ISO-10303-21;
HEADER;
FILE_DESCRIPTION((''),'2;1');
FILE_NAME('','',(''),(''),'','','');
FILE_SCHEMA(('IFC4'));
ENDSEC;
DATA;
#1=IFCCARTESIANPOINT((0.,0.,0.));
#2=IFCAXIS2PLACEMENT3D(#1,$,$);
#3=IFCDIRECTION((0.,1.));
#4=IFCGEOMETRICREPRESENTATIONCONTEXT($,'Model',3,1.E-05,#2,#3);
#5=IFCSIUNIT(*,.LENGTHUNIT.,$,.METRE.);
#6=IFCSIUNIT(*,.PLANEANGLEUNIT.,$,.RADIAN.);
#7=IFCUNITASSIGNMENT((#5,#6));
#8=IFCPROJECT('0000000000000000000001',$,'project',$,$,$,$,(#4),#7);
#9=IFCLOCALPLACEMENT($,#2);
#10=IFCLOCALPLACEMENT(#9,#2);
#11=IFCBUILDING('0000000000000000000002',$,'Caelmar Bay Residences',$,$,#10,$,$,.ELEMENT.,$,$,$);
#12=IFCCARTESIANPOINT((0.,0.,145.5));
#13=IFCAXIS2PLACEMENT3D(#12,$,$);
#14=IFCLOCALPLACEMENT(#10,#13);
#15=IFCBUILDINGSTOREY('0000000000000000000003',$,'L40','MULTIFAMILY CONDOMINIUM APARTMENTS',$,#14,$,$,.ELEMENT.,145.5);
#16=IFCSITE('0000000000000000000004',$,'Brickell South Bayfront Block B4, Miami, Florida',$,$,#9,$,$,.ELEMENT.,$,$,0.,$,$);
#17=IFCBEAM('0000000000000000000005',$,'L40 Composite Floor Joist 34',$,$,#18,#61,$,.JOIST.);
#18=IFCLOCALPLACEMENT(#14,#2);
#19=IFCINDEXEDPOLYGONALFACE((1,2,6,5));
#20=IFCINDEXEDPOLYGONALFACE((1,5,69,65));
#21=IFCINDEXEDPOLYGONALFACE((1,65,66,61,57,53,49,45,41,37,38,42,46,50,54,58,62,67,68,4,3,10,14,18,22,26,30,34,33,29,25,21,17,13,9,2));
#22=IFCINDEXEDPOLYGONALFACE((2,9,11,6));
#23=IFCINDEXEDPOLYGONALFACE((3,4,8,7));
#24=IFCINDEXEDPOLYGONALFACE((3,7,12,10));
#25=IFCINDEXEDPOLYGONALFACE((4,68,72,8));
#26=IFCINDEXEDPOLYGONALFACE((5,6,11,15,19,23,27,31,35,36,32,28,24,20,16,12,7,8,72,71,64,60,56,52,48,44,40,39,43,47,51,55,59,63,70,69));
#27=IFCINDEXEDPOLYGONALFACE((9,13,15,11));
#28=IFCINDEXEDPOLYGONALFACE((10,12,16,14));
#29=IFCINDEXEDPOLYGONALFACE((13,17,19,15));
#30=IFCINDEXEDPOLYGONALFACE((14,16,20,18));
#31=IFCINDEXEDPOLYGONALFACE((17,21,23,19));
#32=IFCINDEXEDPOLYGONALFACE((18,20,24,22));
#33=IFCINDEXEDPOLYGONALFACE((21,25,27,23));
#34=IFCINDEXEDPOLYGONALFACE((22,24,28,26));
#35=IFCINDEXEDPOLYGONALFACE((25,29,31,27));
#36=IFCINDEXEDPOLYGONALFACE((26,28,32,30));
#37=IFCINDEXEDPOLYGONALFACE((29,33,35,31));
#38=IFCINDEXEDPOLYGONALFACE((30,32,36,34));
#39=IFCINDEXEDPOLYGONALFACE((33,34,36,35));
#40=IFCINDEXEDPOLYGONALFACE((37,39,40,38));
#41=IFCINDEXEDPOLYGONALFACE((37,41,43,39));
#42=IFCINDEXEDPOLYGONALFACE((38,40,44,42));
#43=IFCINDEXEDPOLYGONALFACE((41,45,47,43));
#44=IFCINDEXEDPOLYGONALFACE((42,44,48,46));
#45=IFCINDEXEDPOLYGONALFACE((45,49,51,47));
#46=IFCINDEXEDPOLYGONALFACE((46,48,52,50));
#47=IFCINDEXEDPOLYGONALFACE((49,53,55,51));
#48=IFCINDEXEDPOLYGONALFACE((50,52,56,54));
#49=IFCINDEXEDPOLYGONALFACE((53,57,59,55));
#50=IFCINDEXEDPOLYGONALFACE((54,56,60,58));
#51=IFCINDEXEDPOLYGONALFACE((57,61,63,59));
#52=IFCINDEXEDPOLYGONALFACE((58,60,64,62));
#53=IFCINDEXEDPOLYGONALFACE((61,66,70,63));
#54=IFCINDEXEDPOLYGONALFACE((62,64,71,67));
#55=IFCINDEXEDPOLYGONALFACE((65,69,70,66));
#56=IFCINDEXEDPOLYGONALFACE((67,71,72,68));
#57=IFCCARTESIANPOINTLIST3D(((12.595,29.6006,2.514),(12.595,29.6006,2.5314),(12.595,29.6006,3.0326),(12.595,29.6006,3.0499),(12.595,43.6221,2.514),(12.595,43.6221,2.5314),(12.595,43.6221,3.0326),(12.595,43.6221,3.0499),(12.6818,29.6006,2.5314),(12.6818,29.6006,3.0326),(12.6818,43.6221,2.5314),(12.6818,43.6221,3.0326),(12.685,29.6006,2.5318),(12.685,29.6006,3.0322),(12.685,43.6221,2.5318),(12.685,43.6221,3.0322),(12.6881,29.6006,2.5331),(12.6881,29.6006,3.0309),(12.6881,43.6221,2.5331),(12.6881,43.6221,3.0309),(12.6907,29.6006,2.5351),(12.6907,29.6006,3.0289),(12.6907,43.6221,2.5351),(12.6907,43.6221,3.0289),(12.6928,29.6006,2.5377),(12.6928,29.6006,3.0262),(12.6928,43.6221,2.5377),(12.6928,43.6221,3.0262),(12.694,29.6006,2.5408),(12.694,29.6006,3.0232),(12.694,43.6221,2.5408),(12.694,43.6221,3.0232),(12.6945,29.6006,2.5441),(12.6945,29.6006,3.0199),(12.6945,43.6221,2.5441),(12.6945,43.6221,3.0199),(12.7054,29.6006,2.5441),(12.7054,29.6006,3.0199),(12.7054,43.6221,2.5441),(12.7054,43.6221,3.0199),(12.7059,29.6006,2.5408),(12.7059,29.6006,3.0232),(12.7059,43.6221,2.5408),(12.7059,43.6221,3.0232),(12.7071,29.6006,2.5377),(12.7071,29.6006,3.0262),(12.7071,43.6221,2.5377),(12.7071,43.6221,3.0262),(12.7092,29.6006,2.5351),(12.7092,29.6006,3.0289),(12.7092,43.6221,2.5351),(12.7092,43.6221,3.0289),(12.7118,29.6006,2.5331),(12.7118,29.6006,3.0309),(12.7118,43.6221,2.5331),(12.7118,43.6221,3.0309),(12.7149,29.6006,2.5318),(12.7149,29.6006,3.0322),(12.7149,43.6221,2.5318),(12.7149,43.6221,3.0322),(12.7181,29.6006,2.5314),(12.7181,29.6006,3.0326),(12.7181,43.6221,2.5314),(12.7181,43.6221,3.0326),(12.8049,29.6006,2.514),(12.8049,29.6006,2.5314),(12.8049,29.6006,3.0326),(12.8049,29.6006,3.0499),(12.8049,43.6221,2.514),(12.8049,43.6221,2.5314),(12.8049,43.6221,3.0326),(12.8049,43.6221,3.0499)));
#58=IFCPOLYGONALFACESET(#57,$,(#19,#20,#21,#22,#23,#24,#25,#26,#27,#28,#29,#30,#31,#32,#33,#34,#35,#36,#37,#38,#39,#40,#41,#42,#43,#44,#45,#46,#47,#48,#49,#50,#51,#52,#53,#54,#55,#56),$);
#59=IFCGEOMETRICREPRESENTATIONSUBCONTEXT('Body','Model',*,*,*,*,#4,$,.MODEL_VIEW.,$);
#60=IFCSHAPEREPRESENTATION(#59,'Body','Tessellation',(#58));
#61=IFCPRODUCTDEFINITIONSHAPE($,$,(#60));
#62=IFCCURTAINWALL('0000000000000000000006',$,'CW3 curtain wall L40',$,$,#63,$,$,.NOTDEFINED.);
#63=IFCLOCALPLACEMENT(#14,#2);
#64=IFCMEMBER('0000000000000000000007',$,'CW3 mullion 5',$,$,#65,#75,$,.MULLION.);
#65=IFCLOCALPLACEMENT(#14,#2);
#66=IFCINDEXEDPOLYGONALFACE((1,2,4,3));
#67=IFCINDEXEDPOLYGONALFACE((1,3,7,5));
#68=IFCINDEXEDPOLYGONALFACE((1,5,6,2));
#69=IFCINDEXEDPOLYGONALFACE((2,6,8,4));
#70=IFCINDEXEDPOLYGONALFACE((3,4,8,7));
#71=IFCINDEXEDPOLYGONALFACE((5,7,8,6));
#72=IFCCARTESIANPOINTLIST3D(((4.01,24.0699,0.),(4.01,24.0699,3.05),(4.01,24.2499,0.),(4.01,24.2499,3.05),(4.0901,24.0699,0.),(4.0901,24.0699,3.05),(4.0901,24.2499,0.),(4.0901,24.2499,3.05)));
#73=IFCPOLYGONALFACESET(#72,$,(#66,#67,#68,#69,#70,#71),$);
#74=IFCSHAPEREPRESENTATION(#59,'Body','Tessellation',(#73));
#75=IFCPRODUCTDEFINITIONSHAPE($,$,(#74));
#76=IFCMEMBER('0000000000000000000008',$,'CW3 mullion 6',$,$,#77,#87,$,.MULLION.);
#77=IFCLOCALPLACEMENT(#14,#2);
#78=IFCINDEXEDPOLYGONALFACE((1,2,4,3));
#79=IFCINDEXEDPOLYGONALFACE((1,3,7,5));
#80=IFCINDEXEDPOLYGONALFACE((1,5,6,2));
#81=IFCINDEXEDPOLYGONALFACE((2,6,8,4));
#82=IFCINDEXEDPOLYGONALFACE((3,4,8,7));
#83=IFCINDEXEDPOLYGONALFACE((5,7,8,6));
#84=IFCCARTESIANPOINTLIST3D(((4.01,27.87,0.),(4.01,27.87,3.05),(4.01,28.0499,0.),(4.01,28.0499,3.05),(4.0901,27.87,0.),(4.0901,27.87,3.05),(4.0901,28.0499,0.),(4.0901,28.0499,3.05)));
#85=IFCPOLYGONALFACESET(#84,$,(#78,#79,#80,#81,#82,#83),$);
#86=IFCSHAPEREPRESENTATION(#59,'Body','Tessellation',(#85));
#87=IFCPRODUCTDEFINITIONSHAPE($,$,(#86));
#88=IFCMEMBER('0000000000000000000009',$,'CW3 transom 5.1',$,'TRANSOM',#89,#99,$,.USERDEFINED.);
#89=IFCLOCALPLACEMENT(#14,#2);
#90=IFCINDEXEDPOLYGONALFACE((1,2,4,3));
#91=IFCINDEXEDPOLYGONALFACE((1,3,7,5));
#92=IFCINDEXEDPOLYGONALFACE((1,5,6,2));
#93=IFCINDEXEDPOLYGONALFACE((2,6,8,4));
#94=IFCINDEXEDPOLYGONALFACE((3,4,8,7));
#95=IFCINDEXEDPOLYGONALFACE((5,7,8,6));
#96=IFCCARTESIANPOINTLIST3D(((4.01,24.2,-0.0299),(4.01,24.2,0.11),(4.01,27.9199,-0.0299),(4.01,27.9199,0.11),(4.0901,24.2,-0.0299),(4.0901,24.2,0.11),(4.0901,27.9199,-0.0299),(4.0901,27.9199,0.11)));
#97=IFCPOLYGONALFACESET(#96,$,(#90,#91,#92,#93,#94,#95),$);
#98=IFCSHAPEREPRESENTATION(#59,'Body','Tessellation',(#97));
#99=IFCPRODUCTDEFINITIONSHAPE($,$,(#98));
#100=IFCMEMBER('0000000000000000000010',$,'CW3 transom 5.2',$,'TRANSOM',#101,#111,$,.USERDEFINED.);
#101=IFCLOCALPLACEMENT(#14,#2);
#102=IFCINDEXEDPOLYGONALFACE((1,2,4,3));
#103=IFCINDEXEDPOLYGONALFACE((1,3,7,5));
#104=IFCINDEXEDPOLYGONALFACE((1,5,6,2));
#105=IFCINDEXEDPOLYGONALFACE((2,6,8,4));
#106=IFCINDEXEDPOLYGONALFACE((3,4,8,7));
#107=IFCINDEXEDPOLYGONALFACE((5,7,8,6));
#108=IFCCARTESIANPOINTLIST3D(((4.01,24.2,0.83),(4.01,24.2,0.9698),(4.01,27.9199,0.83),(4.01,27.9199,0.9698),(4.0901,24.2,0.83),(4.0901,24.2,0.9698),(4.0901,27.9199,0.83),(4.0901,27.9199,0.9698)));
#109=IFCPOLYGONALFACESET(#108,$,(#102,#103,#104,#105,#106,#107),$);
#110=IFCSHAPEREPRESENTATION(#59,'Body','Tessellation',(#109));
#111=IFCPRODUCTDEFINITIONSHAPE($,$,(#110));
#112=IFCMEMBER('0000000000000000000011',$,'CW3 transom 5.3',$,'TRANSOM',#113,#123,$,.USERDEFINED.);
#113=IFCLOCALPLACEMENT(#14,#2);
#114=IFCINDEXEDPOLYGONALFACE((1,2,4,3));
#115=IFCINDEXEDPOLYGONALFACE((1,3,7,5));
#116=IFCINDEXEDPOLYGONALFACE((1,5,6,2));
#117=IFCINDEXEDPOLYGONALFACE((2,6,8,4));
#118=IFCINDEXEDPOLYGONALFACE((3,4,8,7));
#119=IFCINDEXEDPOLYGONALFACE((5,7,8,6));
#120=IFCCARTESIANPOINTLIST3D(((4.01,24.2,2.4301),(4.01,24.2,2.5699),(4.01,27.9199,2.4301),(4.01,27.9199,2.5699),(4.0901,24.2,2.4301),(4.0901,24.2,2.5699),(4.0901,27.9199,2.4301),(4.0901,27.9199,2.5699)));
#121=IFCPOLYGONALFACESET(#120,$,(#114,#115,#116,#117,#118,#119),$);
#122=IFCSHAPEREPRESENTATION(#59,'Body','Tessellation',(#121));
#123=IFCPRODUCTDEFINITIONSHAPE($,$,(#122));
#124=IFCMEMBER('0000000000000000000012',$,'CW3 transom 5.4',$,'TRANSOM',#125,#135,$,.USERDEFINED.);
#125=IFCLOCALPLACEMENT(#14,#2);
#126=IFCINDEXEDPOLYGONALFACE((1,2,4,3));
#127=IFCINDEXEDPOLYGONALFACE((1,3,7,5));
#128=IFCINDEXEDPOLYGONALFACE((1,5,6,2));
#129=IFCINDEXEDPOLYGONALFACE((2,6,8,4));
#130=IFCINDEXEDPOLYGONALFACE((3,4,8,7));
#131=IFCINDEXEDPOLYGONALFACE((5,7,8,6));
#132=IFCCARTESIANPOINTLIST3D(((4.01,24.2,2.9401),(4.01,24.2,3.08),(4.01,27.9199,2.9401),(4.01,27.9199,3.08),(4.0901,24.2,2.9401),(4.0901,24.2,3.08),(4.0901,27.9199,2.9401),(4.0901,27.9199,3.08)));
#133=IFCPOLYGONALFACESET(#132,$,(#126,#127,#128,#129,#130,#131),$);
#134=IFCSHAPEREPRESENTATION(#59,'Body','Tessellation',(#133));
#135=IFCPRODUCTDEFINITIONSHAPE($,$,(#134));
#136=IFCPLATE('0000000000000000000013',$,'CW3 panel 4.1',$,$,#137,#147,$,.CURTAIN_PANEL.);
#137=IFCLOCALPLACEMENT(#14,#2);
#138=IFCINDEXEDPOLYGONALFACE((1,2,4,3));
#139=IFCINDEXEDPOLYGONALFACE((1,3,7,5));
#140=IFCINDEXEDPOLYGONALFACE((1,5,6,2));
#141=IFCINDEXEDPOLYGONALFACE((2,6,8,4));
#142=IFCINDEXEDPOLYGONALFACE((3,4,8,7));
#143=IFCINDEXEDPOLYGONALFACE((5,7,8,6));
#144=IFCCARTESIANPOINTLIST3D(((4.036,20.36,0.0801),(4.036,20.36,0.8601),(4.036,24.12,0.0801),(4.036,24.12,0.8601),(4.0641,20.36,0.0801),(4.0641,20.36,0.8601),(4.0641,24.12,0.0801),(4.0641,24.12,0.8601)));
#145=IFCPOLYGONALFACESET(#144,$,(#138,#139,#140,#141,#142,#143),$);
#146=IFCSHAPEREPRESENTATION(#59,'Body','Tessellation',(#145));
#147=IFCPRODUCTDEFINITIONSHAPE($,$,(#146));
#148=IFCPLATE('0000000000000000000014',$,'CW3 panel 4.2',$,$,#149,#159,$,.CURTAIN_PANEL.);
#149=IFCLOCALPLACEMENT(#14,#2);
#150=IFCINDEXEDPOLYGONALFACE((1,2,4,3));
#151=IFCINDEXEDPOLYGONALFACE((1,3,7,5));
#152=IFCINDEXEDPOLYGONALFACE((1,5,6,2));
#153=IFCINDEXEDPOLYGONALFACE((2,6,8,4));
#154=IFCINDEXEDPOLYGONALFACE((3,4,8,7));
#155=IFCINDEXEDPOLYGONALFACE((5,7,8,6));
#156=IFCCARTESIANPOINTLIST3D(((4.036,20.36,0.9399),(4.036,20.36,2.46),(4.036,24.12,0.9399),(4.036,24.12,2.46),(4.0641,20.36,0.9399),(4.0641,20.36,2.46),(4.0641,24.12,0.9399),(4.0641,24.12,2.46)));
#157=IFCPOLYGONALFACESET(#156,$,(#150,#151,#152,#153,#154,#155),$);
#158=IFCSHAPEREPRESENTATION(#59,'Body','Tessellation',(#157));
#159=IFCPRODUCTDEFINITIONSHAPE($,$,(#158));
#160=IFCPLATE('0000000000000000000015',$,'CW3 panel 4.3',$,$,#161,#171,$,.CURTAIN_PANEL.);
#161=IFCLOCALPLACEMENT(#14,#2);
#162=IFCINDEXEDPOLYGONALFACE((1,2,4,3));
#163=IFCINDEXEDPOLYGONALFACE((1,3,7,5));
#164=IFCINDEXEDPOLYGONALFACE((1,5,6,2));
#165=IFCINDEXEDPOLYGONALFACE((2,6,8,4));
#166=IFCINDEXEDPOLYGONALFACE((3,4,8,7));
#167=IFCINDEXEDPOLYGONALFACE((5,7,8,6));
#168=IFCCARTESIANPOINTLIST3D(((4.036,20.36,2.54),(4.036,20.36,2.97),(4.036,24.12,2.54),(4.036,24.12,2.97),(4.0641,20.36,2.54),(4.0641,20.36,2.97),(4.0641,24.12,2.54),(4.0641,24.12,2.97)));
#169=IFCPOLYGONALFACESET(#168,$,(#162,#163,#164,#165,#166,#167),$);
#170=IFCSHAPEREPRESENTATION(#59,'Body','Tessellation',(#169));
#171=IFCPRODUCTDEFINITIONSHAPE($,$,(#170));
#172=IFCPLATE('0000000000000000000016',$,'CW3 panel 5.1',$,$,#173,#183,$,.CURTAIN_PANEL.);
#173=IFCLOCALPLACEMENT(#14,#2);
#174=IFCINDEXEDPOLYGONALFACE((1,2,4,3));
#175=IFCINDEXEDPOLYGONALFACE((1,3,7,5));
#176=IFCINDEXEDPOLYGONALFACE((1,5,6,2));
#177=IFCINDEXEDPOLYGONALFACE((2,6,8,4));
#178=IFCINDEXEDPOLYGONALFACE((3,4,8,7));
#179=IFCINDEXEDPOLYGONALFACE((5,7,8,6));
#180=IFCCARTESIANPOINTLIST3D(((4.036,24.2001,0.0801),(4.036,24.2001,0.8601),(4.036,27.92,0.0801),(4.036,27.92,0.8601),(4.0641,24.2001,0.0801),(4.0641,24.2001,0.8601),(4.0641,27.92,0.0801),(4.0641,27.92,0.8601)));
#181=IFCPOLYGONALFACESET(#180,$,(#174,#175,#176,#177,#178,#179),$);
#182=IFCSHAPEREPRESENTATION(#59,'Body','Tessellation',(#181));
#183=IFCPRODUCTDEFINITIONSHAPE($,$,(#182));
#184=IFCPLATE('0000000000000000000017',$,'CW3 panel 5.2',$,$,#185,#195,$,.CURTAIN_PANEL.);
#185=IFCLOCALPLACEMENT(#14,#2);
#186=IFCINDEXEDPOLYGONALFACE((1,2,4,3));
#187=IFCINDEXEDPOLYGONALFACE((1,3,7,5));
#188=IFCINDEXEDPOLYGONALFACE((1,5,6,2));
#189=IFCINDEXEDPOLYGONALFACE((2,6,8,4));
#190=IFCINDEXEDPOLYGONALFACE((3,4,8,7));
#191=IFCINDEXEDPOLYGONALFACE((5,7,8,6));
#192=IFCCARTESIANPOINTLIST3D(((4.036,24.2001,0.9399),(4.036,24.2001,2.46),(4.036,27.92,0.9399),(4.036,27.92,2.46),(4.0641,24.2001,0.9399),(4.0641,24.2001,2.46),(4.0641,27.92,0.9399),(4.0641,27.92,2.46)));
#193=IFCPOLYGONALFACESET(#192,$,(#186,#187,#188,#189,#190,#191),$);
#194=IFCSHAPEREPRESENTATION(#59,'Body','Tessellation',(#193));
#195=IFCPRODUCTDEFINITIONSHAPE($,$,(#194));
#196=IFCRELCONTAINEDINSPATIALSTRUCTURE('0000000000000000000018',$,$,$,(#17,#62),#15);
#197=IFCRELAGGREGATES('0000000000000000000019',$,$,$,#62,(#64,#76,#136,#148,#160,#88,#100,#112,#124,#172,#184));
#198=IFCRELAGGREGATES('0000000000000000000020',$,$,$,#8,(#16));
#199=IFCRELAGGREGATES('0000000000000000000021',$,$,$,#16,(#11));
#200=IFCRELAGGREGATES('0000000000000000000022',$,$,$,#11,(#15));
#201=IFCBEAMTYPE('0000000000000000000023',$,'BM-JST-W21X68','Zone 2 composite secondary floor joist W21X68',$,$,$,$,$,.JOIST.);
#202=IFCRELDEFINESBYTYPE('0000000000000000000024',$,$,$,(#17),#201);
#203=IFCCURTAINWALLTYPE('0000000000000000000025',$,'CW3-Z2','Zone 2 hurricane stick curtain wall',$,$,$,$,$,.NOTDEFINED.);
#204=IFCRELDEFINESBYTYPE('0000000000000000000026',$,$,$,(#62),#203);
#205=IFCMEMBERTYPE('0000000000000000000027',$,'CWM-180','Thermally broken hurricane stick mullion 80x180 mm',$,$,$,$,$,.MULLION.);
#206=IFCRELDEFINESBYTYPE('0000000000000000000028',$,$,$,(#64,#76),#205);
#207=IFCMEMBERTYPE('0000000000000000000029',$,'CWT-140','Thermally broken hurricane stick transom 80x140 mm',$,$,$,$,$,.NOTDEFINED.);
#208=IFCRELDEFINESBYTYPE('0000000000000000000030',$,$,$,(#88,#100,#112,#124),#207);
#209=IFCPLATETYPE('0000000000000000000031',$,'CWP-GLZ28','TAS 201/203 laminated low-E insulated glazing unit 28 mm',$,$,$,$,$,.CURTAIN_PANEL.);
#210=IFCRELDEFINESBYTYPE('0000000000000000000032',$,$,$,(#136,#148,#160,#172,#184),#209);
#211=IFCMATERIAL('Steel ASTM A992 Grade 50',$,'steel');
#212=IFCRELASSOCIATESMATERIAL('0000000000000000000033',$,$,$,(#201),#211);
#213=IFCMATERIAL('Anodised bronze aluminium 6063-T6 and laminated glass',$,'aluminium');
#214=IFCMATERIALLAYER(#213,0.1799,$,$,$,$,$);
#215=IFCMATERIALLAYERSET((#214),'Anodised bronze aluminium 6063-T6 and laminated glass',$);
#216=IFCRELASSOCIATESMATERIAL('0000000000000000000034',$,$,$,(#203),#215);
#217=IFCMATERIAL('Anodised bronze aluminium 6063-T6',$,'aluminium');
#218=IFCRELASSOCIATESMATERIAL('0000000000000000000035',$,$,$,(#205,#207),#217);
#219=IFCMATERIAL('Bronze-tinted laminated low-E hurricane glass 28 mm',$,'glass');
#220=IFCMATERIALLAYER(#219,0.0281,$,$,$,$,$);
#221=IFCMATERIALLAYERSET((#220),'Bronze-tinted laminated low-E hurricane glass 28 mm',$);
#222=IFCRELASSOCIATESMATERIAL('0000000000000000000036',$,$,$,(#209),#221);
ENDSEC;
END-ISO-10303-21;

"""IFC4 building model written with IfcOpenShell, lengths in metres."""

from ifc_helpers import new_model, si_unit, direction, frame, origin, origin_2d, place, context, subcontext, project, spatial, rectangle, i_section, extrude, material, layer, layer_set, material_profile, profile_set, type_object, element, aggregate, save


model = new_model("IFC4")

# Units and contexts
model_context = context("Model", 3, precision=1e-05, world=origin(), true_north=direction((0.0, 1.0)))
body_context = subcontext(model_context, "Body", "Model", "MODEL_VIEW")
ifc_project = project(units=[si_unit("LENGTHUNIT", "METRE"), si_unit("PLANEANGLEUNIT", "RADIAN")], contexts=[model_context])

# Site, building, storey
site_placement = place(None, origin())
site = spatial("IfcSite", under=ifc_project, at=site_placement, Name="Brickell South Bayfront Block B4, Miami, Florida", CompositionType="ELEMENT", RefElevation=0.0)
building_placement = place(site_placement, origin())
building = spatial("IfcBuilding", under=site, at=building_placement, Name="Caelmar Bay Residences", CompositionType="ELEMENT")
storey_placement = place(building_placement, frame((0.0, 0.0, 145.5)))
storey = spatial("IfcBuildingStorey", under=building, at=storey_placement, Name="L40", Description="MULTIFAMILY CONDOMINIUM APARTMENTS", CompositionType="ELEMENT", Elevation=145.5)

# Beam
ifc_material_1 = material(Name="Steel ASTM A992 Grade 50", Category="steel")
ifc_material_profile_1 = material_profile(ifc_material_1, i_section(OverallWidth=0.21, OverallDepth=0.5359, WebThickness=0.011, FlangeThickness=0.0173, FilletRadius=0.0127, at=origin_2d()), Name="W21X68")
ifc_profile_set_1 = profile_set([ifc_material_profile_1], Name="Steel ASTM A992 Grade 50")
beam_type_1 = type_object("IfcBeamType", Name="BM-JST-W21X68", Description="Zone 2 composite secondary floor joist W21X68", PredefinedType="JOIST", material=ifc_profile_set_1)
beam_1_placement = place(storey_placement, frame((12.7, 29.6006, 2.782), z_axis=(0.0, 1.0, 0.0), x_axis=(-1.0, 0.0, 0.0)))
element("IfcBeam", 1, at=beam_1_placement, inside=storey, type_object=beam_type_1, Name="L40 Composite Floor Joist 34", PredefinedType="JOIST", context=body_context, shape_type="SweptSolid", body=[
    extrude(i_section(OverallWidth=0.21, OverallDepth=0.5359, WebThickness=0.011, FlangeThickness=0.0173, FilletRadius=0.0127, at=origin_2d()), origin(), (0.0, 0.0, 1.0), 14.0215),
])

# Curtain wall, members, plates
ifc_material_2 = material(Name="Anodised bronze aluminium 6063-T6 and laminated glass", Category="aluminium")
ifc_layer_1 = layer(ifc_material_2, 0.1799)
ifc_layer_set_1 = layer_set([ifc_layer_1], Name="Anodised bronze aluminium 6063-T6 and laminated glass")
curtain_wall_type = type_object("IfcCurtainWallType", Name="CW3-Z2", Description="Zone 2 hurricane stick curtain wall", PredefinedType="NOTDEFINED", material=ifc_layer_set_1)
curtain_wall_placement = place(storey_placement, origin())
curtain_wall = element("IfcCurtainWall", 2, at=curtain_wall_placement, inside=storey, type_object=curtain_wall_type, Name="CW3 curtain wall L40", PredefinedType="NOTDEFINED")
ifc_material_3 = material(Name="Anodised bronze aluminium 6063-T6", Category="aluminium")
ifc_material_profile_2 = material_profile(ifc_material_3, rectangle(XDim=0.0801, YDim=0.1799, at=origin_2d()), Name="CWM-80X180")
ifc_profile_set_2 = profile_set([ifc_material_profile_2], Name="Anodised bronze aluminium 6063-T6")
member_type_1 = type_object("IfcMemberType", Name="CWM-180", Description="Thermally broken hurricane stick mullion 80x180 mm", PredefinedType="MULLION", material=ifc_profile_set_2)
member_1_placement = place(storey_placement, frame((4.05, 24.1599, 0.0), z_axis=(0.0, 0.0, 1.0), x_axis=(-1.0, 0.0, 0.0)))
member_1 = element("IfcMember", 3, at=member_1_placement, type_object=member_type_1, Name="CW3 mullion 5", PredefinedType="MULLION", context=body_context, shape_type="SweptSolid", body=[
    extrude(rectangle(XDim=0.0801, YDim=0.1799, at=origin_2d()), origin(), (0.0, 0.0, 1.0), 3.05),
])
member_2_placement = place(storey_placement, frame((4.05, 27.96, 0.0), z_axis=(0.0, 0.0, 1.0), x_axis=(-1.0, 0.0, 0.0)))
member_2 = element("IfcMember", 4, at=member_2_placement, type_object=member_type_1, Name="CW3 mullion 6", PredefinedType="MULLION", context=body_context, shape_type="SweptSolid", body=[
    extrude(rectangle(XDim=0.0801, YDim=0.1799, at=origin_2d()), origin(), (0.0, 0.0, 1.0), 3.05),
])
ifc_material_profile_3 = material_profile(ifc_material_3, rectangle(XDim=0.0801, YDim=0.1399, at=origin_2d()), Name="CWT-80X140")
ifc_profile_set_3 = profile_set([ifc_material_profile_3], Name="Anodised bronze aluminium 6063-T6")
member_type_2 = type_object("IfcMemberType", Name="CWT-140", Description="Thermally broken hurricane stick transom 80x140 mm", PredefinedType="NOTDEFINED", material=ifc_profile_set_3)
member_3_placement = place(storey_placement, frame((4.05, 24.2, 0.04), z_axis=(0.0, 1.0, 0.0), x_axis=(-1.0, 0.0, 0.0)))
member_3 = element("IfcMember", 5, at=member_3_placement, type_object=member_type_2, Name="CW3 transom 5.1", ObjectType="TRANSOM", PredefinedType="USERDEFINED", context=body_context, shape_type="SweptSolid", body=[
    extrude(rectangle(XDim=0.0801, YDim=0.1399, at=origin_2d()), origin(), (0.0, 0.0, 1.0), 3.72),
])
member_4_placement = place(storey_placement, frame((4.05, 24.2, 0.8999), z_axis=(0.0, 1.0, 0.0), x_axis=(-1.0, 0.0, 0.0)))
member_4 = element("IfcMember", 6, at=member_4_placement, type_object=member_type_2, Name="CW3 transom 5.2", ObjectType="TRANSOM", PredefinedType="USERDEFINED", context=body_context, shape_type="SweptSolid", body=[
    extrude(rectangle(XDim=0.0801, YDim=0.1399, at=origin_2d()), origin(), (0.0, 0.0, 1.0), 3.72),
])
member_5_placement = place(storey_placement, frame((4.05, 24.2, 2.5), z_axis=(0.0, 1.0, 0.0), x_axis=(-1.0, 0.0, 0.0)))
member_5 = element("IfcMember", 7, at=member_5_placement, type_object=member_type_2, Name="CW3 transom 5.3", ObjectType="TRANSOM", PredefinedType="USERDEFINED", context=body_context, shape_type="SweptSolid", body=[
    extrude(rectangle(XDim=0.0801, YDim=0.1399, at=origin_2d()), origin(), (0.0, 0.0, 1.0), 3.72),
])
member_6_placement = place(storey_placement, frame((4.05, 24.2, 3.01), z_axis=(0.0, 1.0, 0.0), x_axis=(-1.0, 0.0, 0.0)))
member_6 = element("IfcMember", 8, at=member_6_placement, type_object=member_type_2, Name="CW3 transom 5.4", ObjectType="TRANSOM", PredefinedType="USERDEFINED", context=body_context, shape_type="SweptSolid", body=[
    extrude(rectangle(XDim=0.0801, YDim=0.1399, at=origin_2d()), origin(), (0.0, 0.0, 1.0), 3.72),
])
ifc_material_4 = material(Name="Bronze-tinted laminated low-E hurricane glass 28 mm", Category="glass")
ifc_layer_2 = layer(ifc_material_4, 0.0281)
ifc_layer_set_2 = layer_set([ifc_layer_2], Name="Bronze-tinted laminated low-E hurricane glass 28 mm")
plate_type = type_object("IfcPlateType", Name="CWP-GLZ28", Description="TAS 201/203 laminated low-E insulated glazing unit 28 mm", PredefinedType="CURTAIN_PANEL", material=ifc_layer_set_2)
plate_1_placement = place(storey_placement, frame((4.05, 22.24, 0.0801), z_axis=(0.0, 0.0, 1.0), x_axis=(0.0, 1.0, 0.0)))
plate_1 = element("IfcPlate", 9, at=plate_1_placement, type_object=plate_type, Name="CW3 panel 4.1", PredefinedType="CURTAIN_PANEL", context=body_context, shape_type="SweptSolid", body=[
    extrude(rectangle(XDim=3.76, YDim=0.0281, at=origin_2d()), origin(), (0.0, 0.0, 1.0), 0.78),
])
plate_2_placement = place(storey_placement, frame((4.05, 22.24, 0.9399), z_axis=(0.0, 0.0, 1.0), x_axis=(0.0, 1.0, 0.0)))
plate_2 = element("IfcPlate", 10, at=plate_2_placement, type_object=plate_type, Name="CW3 panel 4.2", PredefinedType="CURTAIN_PANEL", context=body_context, shape_type="SweptSolid", body=[
    extrude(rectangle(XDim=3.76, YDim=0.0281, at=origin_2d()), origin(), (0.0, 0.0, 1.0), 1.52),
])
plate_3_placement = place(storey_placement, frame((4.05, 22.24, 2.54), z_axis=(0.0, 0.0, 1.0), x_axis=(0.0, 1.0, 0.0)))
plate_3 = element("IfcPlate", 11, at=plate_3_placement, type_object=plate_type, Name="CW3 panel 4.3", PredefinedType="CURTAIN_PANEL", context=body_context, shape_type="SweptSolid", body=[
    extrude(rectangle(XDim=3.76, YDim=0.0281, at=origin_2d()), origin(), (0.0, 0.0, 1.0), 0.4299),
])
plate_4_placement = place(storey_placement, frame((4.05, 26.0601, 0.0801), z_axis=(0.0, 0.0, 1.0), x_axis=(0.0, 1.0, 0.0)))
plate_4 = element("IfcPlate", 12, at=plate_4_placement, type_object=plate_type, Name="CW3 panel 5.1", PredefinedType="CURTAIN_PANEL", context=body_context, shape_type="SweptSolid", body=[
    extrude(rectangle(XDim=3.72, YDim=0.0281, at=origin_2d()), origin(), (0.0, 0.0, 1.0), 0.78),
])
plate_5_placement = place(storey_placement, frame((4.05, 26.0601, 0.9399), z_axis=(0.0, 0.0, 1.0), x_axis=(0.0, 1.0, 0.0)))
plate_5 = element("IfcPlate", 13, at=plate_5_placement, type_object=plate_type, Name="CW3 panel 5.2", PredefinedType="CURTAIN_PANEL", context=body_context, shape_type="SweptSolid", body=[
    extrude(rectangle(XDim=3.72, YDim=0.0281, at=origin_2d()), origin(), (0.0, 0.0, 1.0), 1.52),
])
aggregate(curtain_wall, [member_1, member_2, plate_1, plate_2, plate_3, member_3, member_4, member_5, member_6, plate_4, plate_5])

save(model, "model.ifc")
